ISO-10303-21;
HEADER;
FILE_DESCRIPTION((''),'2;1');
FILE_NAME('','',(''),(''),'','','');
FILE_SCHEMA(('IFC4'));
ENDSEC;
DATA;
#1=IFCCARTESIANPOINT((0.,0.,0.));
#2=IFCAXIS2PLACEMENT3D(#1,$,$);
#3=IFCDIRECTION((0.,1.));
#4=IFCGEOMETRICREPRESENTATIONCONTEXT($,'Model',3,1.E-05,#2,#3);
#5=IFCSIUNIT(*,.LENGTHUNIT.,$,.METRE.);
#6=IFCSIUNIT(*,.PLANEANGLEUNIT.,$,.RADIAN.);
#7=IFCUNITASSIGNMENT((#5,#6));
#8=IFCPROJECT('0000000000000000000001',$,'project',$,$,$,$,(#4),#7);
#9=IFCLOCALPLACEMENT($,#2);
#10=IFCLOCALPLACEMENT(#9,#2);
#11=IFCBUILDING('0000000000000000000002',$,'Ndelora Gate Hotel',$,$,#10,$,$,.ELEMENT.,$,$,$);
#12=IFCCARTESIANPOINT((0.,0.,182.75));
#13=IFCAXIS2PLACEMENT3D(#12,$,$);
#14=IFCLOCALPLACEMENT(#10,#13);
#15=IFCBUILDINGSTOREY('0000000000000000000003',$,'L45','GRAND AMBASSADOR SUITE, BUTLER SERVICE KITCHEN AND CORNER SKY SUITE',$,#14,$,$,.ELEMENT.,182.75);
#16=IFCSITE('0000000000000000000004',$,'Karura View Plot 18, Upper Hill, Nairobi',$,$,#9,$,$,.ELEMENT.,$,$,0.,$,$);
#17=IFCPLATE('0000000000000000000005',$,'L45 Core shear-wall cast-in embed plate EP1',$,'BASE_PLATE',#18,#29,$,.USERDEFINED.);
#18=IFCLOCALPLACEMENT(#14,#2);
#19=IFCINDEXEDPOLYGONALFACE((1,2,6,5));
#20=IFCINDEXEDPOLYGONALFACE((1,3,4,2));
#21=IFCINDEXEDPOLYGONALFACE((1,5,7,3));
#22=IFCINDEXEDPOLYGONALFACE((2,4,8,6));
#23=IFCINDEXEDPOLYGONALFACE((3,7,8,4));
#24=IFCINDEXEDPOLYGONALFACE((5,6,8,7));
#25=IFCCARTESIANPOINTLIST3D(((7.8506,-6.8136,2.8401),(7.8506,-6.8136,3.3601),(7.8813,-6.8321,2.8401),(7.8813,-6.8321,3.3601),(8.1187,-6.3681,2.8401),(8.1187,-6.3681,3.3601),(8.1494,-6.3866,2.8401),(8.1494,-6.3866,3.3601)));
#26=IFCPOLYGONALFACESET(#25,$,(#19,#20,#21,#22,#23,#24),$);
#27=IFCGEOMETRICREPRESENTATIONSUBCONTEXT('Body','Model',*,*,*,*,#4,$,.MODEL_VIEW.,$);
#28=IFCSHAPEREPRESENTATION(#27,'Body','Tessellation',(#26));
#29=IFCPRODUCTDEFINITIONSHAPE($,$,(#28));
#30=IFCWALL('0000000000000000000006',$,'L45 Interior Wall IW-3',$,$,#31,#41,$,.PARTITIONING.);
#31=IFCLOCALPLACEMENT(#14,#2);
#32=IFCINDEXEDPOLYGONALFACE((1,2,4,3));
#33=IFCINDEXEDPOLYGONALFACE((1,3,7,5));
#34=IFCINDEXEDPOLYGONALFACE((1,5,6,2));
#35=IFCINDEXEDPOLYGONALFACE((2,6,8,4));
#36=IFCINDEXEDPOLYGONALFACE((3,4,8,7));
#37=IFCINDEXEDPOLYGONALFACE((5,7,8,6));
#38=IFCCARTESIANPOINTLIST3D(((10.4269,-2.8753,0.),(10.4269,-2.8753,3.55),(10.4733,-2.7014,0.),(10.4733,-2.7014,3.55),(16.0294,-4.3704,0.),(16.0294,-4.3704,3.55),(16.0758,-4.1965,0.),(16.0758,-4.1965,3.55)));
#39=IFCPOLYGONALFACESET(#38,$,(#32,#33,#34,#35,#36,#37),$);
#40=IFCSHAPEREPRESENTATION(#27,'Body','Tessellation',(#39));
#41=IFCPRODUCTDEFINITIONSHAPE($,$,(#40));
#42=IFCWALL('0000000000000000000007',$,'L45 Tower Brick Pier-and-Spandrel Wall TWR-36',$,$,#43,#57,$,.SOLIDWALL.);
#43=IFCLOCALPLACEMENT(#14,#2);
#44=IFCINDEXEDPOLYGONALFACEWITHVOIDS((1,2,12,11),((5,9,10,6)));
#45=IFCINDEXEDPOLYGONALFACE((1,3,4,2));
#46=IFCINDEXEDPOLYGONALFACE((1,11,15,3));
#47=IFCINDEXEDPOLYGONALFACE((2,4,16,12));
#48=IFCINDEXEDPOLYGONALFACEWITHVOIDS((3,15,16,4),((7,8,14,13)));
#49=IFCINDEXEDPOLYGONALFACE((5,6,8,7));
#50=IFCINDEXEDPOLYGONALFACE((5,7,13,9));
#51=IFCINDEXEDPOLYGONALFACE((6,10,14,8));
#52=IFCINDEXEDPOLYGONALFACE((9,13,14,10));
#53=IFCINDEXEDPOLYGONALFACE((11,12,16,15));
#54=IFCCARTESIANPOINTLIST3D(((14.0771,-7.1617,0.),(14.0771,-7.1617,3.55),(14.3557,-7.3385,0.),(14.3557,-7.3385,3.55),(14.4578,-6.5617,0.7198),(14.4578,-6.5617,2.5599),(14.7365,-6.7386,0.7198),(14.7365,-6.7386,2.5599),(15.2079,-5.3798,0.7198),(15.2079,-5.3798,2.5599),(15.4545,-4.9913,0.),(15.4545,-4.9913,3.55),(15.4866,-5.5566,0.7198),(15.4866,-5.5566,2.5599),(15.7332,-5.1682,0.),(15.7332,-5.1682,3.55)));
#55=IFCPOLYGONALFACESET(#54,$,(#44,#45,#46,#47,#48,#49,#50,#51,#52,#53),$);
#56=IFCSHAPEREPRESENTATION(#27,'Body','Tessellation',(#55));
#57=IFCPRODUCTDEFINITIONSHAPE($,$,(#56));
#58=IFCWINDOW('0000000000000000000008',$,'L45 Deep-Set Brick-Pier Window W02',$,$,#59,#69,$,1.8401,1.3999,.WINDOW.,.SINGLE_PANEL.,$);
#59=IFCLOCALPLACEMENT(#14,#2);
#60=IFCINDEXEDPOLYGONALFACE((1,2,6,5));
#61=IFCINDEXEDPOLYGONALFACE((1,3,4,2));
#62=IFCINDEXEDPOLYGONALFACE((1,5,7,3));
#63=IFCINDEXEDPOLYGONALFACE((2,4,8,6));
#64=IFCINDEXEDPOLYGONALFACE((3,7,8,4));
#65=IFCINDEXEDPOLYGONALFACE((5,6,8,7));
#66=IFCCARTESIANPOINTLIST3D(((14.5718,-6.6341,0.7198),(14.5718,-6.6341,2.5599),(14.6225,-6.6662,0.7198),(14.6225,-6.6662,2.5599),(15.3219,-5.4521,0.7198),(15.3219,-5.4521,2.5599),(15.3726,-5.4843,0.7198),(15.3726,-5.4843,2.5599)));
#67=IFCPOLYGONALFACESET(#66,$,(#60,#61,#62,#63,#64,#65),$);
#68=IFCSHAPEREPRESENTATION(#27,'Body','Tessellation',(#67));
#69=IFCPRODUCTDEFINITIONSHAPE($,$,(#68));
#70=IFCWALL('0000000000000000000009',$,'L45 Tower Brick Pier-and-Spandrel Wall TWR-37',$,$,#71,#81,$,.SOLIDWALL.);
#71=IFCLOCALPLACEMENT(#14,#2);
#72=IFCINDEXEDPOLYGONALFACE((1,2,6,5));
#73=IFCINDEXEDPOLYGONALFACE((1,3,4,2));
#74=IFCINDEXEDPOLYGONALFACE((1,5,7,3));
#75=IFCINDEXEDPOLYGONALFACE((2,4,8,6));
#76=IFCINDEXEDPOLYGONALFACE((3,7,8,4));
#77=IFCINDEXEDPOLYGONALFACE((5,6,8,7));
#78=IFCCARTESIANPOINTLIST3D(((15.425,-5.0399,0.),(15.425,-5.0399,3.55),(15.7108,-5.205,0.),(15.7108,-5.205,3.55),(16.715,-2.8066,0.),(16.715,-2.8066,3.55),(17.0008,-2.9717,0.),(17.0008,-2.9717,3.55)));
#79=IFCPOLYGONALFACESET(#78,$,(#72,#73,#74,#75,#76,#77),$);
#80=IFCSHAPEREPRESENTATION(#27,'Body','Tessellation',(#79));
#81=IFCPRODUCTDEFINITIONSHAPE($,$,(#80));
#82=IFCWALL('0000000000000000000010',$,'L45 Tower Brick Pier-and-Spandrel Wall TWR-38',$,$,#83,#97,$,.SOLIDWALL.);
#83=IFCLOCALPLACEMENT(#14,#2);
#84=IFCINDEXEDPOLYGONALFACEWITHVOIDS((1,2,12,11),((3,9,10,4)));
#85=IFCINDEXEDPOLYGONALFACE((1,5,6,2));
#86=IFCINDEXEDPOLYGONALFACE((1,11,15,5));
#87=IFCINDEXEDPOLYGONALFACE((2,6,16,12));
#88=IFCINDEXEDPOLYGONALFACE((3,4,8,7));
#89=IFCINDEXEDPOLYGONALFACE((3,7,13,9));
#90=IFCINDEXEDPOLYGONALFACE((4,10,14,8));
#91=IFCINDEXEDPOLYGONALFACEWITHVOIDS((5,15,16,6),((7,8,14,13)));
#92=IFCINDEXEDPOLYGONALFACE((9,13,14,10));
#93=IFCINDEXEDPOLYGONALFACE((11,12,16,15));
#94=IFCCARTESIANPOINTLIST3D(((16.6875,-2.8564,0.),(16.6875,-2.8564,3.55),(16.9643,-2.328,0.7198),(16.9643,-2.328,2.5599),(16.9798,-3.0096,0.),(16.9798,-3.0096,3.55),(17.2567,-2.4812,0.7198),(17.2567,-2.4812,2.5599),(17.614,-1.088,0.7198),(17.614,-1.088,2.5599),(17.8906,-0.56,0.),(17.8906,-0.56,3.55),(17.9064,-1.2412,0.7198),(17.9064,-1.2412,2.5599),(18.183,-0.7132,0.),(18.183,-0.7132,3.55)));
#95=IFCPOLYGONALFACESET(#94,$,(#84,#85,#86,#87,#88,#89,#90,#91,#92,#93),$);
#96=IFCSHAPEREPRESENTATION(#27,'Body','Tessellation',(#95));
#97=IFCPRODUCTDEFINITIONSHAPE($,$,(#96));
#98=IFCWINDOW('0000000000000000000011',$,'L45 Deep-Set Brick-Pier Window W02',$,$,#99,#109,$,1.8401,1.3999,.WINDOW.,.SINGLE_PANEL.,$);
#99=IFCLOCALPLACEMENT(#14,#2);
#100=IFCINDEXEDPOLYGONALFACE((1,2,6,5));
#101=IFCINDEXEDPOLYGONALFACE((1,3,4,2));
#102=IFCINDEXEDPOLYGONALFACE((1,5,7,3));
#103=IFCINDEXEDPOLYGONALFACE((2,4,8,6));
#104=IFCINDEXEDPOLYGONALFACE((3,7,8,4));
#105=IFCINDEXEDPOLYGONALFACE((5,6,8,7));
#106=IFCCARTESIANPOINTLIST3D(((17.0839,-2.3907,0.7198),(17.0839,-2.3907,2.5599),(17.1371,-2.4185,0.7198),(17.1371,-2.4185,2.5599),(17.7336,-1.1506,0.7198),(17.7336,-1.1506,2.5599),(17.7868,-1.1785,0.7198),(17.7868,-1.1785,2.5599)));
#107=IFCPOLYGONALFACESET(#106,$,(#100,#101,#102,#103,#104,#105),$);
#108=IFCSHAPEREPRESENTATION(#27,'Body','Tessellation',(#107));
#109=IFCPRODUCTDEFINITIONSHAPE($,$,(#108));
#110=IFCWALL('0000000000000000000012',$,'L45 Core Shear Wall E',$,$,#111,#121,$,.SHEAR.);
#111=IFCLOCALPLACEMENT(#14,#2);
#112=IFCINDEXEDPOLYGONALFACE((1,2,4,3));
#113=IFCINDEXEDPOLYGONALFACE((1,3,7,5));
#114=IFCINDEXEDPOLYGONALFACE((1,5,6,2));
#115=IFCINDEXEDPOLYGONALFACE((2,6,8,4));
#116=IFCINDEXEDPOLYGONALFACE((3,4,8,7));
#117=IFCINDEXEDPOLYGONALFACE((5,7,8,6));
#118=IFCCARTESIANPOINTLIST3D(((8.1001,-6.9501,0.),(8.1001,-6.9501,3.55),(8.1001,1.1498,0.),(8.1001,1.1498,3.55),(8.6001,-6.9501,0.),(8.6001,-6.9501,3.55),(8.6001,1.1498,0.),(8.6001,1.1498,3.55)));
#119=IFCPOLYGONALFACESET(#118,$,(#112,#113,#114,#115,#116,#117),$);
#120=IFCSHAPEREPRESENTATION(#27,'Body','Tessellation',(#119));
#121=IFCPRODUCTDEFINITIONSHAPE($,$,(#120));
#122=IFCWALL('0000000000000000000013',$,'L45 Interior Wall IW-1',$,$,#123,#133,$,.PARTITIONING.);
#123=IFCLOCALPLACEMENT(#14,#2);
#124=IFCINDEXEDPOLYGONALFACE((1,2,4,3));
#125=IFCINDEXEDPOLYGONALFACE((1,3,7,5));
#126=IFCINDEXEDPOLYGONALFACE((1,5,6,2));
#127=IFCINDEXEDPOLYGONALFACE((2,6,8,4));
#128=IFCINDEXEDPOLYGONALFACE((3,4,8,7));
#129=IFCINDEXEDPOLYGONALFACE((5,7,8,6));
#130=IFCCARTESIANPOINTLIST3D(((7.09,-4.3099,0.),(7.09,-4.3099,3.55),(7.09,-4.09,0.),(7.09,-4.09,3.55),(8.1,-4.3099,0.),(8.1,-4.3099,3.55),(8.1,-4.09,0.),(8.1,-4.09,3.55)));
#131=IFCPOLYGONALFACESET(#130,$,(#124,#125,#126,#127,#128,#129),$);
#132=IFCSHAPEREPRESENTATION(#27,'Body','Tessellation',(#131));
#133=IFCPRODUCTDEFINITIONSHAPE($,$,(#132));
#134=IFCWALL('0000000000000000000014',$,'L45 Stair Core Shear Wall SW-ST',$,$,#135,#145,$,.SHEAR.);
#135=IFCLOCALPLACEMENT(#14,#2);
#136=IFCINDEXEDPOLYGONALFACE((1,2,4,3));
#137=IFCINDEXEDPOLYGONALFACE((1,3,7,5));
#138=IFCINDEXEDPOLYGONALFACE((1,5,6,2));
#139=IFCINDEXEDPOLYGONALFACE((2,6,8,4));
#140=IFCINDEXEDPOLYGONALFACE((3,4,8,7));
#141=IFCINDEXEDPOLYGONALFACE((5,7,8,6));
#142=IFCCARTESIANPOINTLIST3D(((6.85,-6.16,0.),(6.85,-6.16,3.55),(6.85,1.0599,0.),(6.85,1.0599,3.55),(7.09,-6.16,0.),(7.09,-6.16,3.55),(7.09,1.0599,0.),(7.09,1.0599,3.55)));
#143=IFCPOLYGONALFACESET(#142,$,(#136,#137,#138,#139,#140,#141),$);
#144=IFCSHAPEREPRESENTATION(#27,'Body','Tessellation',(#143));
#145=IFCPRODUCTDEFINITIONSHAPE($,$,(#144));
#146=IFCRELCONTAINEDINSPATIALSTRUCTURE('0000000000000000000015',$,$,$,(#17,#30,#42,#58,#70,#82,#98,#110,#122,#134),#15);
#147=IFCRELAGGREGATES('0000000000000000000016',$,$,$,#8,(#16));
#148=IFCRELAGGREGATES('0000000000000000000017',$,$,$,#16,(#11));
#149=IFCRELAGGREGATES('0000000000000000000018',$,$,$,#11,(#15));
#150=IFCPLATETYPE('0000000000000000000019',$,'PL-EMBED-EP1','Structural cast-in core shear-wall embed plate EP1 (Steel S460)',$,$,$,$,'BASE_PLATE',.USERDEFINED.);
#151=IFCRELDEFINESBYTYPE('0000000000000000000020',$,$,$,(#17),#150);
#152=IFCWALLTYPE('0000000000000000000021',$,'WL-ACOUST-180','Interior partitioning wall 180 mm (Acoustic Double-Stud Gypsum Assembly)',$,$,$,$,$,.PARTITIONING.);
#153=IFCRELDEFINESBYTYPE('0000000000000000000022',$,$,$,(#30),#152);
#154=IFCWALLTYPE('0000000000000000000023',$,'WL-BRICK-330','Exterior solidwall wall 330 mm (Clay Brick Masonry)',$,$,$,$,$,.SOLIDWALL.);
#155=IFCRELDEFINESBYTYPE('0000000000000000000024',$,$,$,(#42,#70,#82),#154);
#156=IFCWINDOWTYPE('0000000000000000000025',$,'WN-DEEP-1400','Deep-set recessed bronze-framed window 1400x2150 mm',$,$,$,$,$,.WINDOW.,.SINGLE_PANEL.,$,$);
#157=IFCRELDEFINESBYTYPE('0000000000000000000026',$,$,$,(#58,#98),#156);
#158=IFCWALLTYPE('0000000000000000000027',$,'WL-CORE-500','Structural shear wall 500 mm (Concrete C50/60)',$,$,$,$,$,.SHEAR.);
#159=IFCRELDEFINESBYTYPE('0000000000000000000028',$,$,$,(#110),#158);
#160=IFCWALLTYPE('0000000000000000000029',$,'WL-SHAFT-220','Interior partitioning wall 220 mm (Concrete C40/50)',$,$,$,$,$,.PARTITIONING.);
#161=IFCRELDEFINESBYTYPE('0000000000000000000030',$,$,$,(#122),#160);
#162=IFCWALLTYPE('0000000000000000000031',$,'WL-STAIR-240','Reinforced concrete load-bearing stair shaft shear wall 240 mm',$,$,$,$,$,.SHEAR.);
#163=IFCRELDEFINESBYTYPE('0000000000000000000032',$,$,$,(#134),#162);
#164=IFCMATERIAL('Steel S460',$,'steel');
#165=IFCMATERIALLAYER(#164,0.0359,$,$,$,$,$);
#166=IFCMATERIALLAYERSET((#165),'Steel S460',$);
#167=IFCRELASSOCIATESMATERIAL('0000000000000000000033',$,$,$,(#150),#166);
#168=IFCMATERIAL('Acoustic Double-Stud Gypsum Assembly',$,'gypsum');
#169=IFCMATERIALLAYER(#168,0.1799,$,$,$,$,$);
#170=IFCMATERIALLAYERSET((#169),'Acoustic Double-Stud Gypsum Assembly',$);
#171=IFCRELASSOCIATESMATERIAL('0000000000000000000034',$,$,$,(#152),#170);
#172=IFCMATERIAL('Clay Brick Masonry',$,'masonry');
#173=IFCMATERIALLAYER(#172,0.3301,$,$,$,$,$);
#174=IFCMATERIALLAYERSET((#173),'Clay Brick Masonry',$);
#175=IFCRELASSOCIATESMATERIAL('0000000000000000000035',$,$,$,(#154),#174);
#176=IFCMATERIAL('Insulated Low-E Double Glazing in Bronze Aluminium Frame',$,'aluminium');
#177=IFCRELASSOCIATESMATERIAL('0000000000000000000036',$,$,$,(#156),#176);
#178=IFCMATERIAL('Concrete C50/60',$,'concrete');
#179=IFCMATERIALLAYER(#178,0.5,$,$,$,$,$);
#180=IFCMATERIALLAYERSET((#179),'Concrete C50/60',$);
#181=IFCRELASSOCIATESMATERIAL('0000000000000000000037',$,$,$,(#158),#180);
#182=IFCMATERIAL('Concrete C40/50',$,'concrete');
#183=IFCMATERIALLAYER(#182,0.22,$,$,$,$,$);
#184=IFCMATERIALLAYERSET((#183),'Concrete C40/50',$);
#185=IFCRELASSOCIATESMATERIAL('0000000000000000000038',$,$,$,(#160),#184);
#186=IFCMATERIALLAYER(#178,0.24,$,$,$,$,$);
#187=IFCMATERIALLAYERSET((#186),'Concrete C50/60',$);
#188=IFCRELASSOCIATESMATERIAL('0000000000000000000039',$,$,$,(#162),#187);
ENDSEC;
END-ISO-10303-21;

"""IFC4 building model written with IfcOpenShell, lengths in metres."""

from ifc_helpers import new_model, si_unit, direction, frame, frame_2d, origin, origin_2d, place, context, subcontext, project, spatial, rectangle, extrude, material, layer, layer_set, type_object, element, fill, save


model = new_model("IFC4")

# Units and contexts
model_context = context("Model", 3, precision=1e-05, world=origin(), true_north=direction((0.0, 1.0)))
body_context = subcontext(model_context, "Body", "Model", "MODEL_VIEW")
ifc_project = project(units=[si_unit("LENGTHUNIT", "METRE"), si_unit("PLANEANGLEUNIT", "RADIAN")], contexts=[model_context])

# Site, building, storey
site_placement = place(None, origin())
site = spatial("IfcSite", under=ifc_project, at=site_placement, Name="Karura View Plot 18, Upper Hill, Nairobi", CompositionType="ELEMENT", RefElevation=0.0)
building_placement = place(site_placement, origin())
building = spatial("IfcBuilding", under=site, at=building_placement, Name="Ndelora Gate Hotel", CompositionType="ELEMENT")
storey_placement = place(building_placement, frame((0.0, 0.0, 182.75)))
storey = spatial("IfcBuildingStorey", under=building, at=storey_placement, Name="L45", Description="GRAND AMBASSADOR SUITE, BUTLER SERVICE KITCHEN AND CORNER SKY SUITE", CompositionType="ELEMENT", Elevation=182.75)

# Shared definitions
ifc_material_1 = material(Name="Concrete C50/60", Category="concrete")

# Shared definitions
ifc_material_2 = material(Name="Steel S460", Category="steel")

# Plate
ifc_layer_1 = layer(ifc_material_2, 0.0359)
ifc_layer_set_1 = layer_set([ifc_layer_1], Name="Steel S460")
plate_type = type_object("IfcPlateType", Name="PL-EMBED-EP1", Description="Structural cast-in core shear-wall embed plate EP1 (Steel S460)", ElementType="BASE_PLATE", PredefinedType="USERDEFINED", material=ifc_layer_set_1)
plate_placement = place(storey_placement, frame((8.0, -6.6001, 2.8401), z_axis=(0.0, 0.0, 1.0), x_axis=(0.515636, 0.856808, 0.0)))
element("IfcPlate", 1, at=plate_placement, inside=storey, type_object=plate_type, Name="L45 Core shear-wall cast-in embed plate EP1", ObjectType="BASE_PLATE", PredefinedType="USERDEFINED", context=body_context, shape_type="SweptSolid", body=[
    extrude(rectangle(XDim=0.52, YDim=0.0359, at=origin_2d()), origin(), (0.0, 0.0, 1.0), 0.52),
])

# Wall
ifc_material_3 = material(Name="Acoustic Double-Stud Gypsum Assembly", Category="gypsum")
ifc_layer_2 = layer(ifc_material_3, 0.1799)
ifc_layer_set_2 = layer_set([ifc_layer_2], Name="Acoustic Double-Stud Gypsum Assembly")
wall_type_1 = type_object("IfcWallType", Name="WL-ACOUST-180", Description="Interior partitioning wall 180 mm (Acoustic Double-Stud Gypsum Assembly)", PredefinedType="PARTITIONING", material=ifc_layer_set_2)
wall_1_placement = place(storey_placement, frame((10.45, -2.7883, 0.0), z_axis=(0.0, 0.0, 1.0), x_axis=(0.966187, -0.257841, 0.0)))
element("IfcWall", 2, at=wall_1_placement, inside=storey, type_object=wall_type_1, Name="L45 Interior Wall IW-3", PredefinedType="PARTITIONING", context=body_context, shape_type="SweptSolid", body=[
    extrude(rectangle(XDim=5.7986, YDim=0.1799, at=frame_2d((2.8994, 0.0))), origin(), (0.0, 0.0, 1.0), 3.55),
])

# Wall, opening, window
ifc_material_4 = material(Name="Clay Brick Masonry", Category="masonry")
ifc_layer_3 = layer(ifc_material_4, 0.3301)
ifc_layer_set_3 = layer_set([ifc_layer_3], Name="Clay Brick Masonry")
wall_type_2 = type_object("IfcWallType", Name="WL-BRICK-330", Description="Exterior solidwall wall 330 mm (Clay Brick Masonry)", PredefinedType="SOLIDWALL", material=ifc_layer_set_3)
wall_2_placement = place(storey_placement, frame((15.5938, -5.0798, 0.0), z_axis=(0.0, 0.0, 1.0), x_axis=(-0.535843, -0.844318, 0.0)))
wall_2 = element("IfcWall", 3, at=wall_2_placement, inside=storey, type_object=wall_type_2, Name="L45 Tower Brick Pier-and-Spandrel Wall TWR-36", PredefinedType="SOLIDWALL", context=body_context, shape_type="SweptSolid", body=[
    extrude(rectangle(XDim=2.5706, YDim=0.3301, at=frame_2d((1.2852, 0.0))), origin(), (0.0, 0.0, 1.0), 3.55),
])
opening_1_placement = place(wall_2_placement, frame((0.46, 0.0, 0.72)))
opening_1 = element("IfcOpeningElement", 4, at=opening_1_placement, cuts=wall_2, PredefinedType="OPENING", context=body_context, shape_type="SweptSolid", body=[
    extrude(rectangle(XDim=1.3999, YDim=1.8401, at=frame_2d((0.7, 0.9199))), frame((0.0, 0.175, 0.0), z_axis=(0.0, -1.0, 0.0), x_axis=(1.0, 0.0, 0.0)), (0.0, 0.0, 1.0), 0.3501),
])
ifc_material_5 = material(Name="Insulated Low-E Double Glazing in Bronze Aluminium Frame", Category="aluminium")
window_type = type_object("IfcWindowType", Name="WN-DEEP-1400", Description="Deep-set recessed bronze-framed window 1400x2150 mm", PartitioningType="SINGLE_PANEL", PredefinedType="WINDOW", material=ifc_material_5)
window_1_placement = place(opening_1_placement, origin())
window_1 = element("IfcWindow", 5, at=window_1_placement, inside=storey, type_object=window_type, Name="L45 Deep-Set Brick-Pier Window W02", OverallHeight=1.8401, OverallWidth=1.3999, PartitioningType="SINGLE_PANEL", PredefinedType="WINDOW", context=body_context, shape_type="SweptSolid", body=[
    extrude(rectangle(XDim=1.3999, YDim=1.8401, at=frame_2d((0.7, 0.9199))), frame((0.0, 0.03, 0.0), z_axis=(0.0, -1.0, 0.0), x_axis=(1.0, 0.0, 0.0)), (0.0, 0.0, 1.0), 0.0601),
])
fill(opening_1, window_1)

# Wall
wall_3_placement = place(storey_placement, frame((16.8579, -2.8892, 0.0), z_axis=(0.0, 0.0, 1.0), x_axis=(-0.50017, -0.865927, 0.0)))
element("IfcWall", 6, at=wall_3_placement, inside=storey, type_object=wall_type_2, Name="L45 Tower Brick Pier-and-Spandrel Wall TWR-37", PredefinedType="SOLIDWALL", context=body_context, shape_type="SweptSolid", body=[
    extrude(rectangle(XDim=2.5791, YDim=0.3301, at=frame_2d((1.2896, 0.0))), origin(), (0.0, 0.0, 1.0), 3.55),
])

# Wall, opening, window
wall_4_placement = place(storey_placement, frame((18.0369, -0.6365, 0.0), z_axis=(0.0, 0.0, 1.0), x_axis=(-0.464084, -0.885791, 0.0)))
wall_4 = element("IfcWall", 7, at=wall_4_placement, inside=storey, type_object=wall_type_2, Name="L45 Tower Brick Pier-and-Spandrel Wall TWR-38", PredefinedType="SOLIDWALL", context=body_context, shape_type="SweptSolid", body=[
    extrude(rectangle(XDim=2.5925, YDim=0.3301, at=frame_2d((1.2964, 0.0))), origin(), (0.0, 0.0, 1.0), 3.55),
])
opening_2_placement = place(wall_4_placement, frame((0.5962, 0.0, 0.72)))
opening_2 = element("IfcOpeningElement", 8, at=opening_2_placement, cuts=wall_4, PredefinedType="OPENING", context=body_context, shape_type="SweptSolid", body=[
    extrude(rectangle(XDim=1.3999, YDim=1.8401, at=frame_2d((0.7, 0.9199))), frame((0.0, 0.175, 0.0), z_axis=(0.0, -1.0, 0.0), x_axis=(1.0, 0.0, 0.0)), (0.0, 0.0, 1.0), 0.3501),
])
window_2_placement = place(opening_2_placement, origin())
window_2 = element("IfcWindow", 9, at=window_2_placement, inside=storey, type_object=window_type, Name="L45 Deep-Set Brick-Pier Window W02", OverallHeight=1.8401, OverallWidth=1.3999, PartitioningType="SINGLE_PANEL", PredefinedType="WINDOW", context=body_context, shape_type="SweptSolid", body=[
    extrude(rectangle(XDim=1.3999, YDim=1.8401, at=frame_2d((0.7, 0.9199))), frame((0.0, 0.03, 0.0), z_axis=(0.0, -1.0, 0.0), x_axis=(1.0, 0.0, 0.0)), (0.0, 0.0, 1.0), 0.0601),
])
fill(opening_2, window_2)

# Walls
ifc_layer_4 = layer(ifc_material_1, 0.5)
ifc_layer_set_4 = layer_set([ifc_layer_4], Name="Concrete C50/60")
wall_type_3 = type_object("IfcWallType", Name="WL-CORE-500", Description="Structural shear wall 500 mm (Concrete C50/60)", PredefinedType="SHEAR", material=ifc_layer_set_4)
wall_5_placement = place(storey_placement, frame((8.3501, -6.95, 0.0), z_axis=(0.0, 0.0, 1.0), x_axis=(0.0, 1.0, 0.0)))
element("IfcWall", 10, at=wall_5_placement, inside=storey, type_object=wall_type_3, Name="L45 Core Shear Wall E", PredefinedType="SHEAR", context=body_context, shape_type="SweptSolid", body=[
    extrude(rectangle(XDim=8.0999, YDim=0.5, at=frame_2d((4.0498, 0.0))), origin(), (0.0, 0.0, 1.0), 3.55),
])
ifc_material_6 = material(Name="Concrete C40/50", Category="concrete")
ifc_layer_5 = layer(ifc_material_6, 0.22)
ifc_layer_set_5 = layer_set([ifc_layer_5], Name="Concrete C40/50")
wall_type_4 = type_object("IfcWallType", Name="WL-SHAFT-220", Description="Interior partitioning wall 220 mm (Concrete C40/50)", PredefinedType="PARTITIONING", material=ifc_layer_set_5)
wall_6_placement = place(storey_placement, frame((7.0901, -4.2, 0.0), z_axis=(0.0, 0.0, 1.0), x_axis=(1.0, 0.0, 0.0)))
element("IfcWall", 11, at=wall_6_placement, inside=storey, type_object=wall_type_4, Name="L45 Interior Wall IW-1", PredefinedType="PARTITIONING", context=body_context, shape_type="SweptSolid", body=[
    extrude(rectangle(XDim=1.01, YDim=0.22, at=frame_2d((0.5049, 0.0))), origin(), (0.0, 0.0, 1.0), 3.55),
])
ifc_layer_6 = layer(ifc_material_1, 0.24)
ifc_layer_set_6 = layer_set([ifc_layer_6], Name="Concrete C50/60")
wall_type_5 = type_object("IfcWallType", Name="WL-STAIR-240", Description="Reinforced concrete load-bearing stair shaft shear wall 240 mm", PredefinedType="SHEAR", material=ifc_layer_set_6)
wall_7_placement = place(storey_placement, frame((6.97, -6.1599, 0.0), z_axis=(0.0, 0.0, 1.0), x_axis=(0.0, 1.0, 0.0)))
element("IfcWall", 12, at=wall_7_placement, inside=storey, type_object=wall_type_5, Name="L45 Stair Core Shear Wall SW-ST", PredefinedType="SHEAR", context=body_context, shape_type="SweptSolid", body=[
    extrude(rectangle(XDim=7.22, YDim=0.24, at=frame_2d((3.6099, 0.0))), origin(), (0.0, 0.0, 1.0), 3.55),
])

save(model, "model.ifc")
